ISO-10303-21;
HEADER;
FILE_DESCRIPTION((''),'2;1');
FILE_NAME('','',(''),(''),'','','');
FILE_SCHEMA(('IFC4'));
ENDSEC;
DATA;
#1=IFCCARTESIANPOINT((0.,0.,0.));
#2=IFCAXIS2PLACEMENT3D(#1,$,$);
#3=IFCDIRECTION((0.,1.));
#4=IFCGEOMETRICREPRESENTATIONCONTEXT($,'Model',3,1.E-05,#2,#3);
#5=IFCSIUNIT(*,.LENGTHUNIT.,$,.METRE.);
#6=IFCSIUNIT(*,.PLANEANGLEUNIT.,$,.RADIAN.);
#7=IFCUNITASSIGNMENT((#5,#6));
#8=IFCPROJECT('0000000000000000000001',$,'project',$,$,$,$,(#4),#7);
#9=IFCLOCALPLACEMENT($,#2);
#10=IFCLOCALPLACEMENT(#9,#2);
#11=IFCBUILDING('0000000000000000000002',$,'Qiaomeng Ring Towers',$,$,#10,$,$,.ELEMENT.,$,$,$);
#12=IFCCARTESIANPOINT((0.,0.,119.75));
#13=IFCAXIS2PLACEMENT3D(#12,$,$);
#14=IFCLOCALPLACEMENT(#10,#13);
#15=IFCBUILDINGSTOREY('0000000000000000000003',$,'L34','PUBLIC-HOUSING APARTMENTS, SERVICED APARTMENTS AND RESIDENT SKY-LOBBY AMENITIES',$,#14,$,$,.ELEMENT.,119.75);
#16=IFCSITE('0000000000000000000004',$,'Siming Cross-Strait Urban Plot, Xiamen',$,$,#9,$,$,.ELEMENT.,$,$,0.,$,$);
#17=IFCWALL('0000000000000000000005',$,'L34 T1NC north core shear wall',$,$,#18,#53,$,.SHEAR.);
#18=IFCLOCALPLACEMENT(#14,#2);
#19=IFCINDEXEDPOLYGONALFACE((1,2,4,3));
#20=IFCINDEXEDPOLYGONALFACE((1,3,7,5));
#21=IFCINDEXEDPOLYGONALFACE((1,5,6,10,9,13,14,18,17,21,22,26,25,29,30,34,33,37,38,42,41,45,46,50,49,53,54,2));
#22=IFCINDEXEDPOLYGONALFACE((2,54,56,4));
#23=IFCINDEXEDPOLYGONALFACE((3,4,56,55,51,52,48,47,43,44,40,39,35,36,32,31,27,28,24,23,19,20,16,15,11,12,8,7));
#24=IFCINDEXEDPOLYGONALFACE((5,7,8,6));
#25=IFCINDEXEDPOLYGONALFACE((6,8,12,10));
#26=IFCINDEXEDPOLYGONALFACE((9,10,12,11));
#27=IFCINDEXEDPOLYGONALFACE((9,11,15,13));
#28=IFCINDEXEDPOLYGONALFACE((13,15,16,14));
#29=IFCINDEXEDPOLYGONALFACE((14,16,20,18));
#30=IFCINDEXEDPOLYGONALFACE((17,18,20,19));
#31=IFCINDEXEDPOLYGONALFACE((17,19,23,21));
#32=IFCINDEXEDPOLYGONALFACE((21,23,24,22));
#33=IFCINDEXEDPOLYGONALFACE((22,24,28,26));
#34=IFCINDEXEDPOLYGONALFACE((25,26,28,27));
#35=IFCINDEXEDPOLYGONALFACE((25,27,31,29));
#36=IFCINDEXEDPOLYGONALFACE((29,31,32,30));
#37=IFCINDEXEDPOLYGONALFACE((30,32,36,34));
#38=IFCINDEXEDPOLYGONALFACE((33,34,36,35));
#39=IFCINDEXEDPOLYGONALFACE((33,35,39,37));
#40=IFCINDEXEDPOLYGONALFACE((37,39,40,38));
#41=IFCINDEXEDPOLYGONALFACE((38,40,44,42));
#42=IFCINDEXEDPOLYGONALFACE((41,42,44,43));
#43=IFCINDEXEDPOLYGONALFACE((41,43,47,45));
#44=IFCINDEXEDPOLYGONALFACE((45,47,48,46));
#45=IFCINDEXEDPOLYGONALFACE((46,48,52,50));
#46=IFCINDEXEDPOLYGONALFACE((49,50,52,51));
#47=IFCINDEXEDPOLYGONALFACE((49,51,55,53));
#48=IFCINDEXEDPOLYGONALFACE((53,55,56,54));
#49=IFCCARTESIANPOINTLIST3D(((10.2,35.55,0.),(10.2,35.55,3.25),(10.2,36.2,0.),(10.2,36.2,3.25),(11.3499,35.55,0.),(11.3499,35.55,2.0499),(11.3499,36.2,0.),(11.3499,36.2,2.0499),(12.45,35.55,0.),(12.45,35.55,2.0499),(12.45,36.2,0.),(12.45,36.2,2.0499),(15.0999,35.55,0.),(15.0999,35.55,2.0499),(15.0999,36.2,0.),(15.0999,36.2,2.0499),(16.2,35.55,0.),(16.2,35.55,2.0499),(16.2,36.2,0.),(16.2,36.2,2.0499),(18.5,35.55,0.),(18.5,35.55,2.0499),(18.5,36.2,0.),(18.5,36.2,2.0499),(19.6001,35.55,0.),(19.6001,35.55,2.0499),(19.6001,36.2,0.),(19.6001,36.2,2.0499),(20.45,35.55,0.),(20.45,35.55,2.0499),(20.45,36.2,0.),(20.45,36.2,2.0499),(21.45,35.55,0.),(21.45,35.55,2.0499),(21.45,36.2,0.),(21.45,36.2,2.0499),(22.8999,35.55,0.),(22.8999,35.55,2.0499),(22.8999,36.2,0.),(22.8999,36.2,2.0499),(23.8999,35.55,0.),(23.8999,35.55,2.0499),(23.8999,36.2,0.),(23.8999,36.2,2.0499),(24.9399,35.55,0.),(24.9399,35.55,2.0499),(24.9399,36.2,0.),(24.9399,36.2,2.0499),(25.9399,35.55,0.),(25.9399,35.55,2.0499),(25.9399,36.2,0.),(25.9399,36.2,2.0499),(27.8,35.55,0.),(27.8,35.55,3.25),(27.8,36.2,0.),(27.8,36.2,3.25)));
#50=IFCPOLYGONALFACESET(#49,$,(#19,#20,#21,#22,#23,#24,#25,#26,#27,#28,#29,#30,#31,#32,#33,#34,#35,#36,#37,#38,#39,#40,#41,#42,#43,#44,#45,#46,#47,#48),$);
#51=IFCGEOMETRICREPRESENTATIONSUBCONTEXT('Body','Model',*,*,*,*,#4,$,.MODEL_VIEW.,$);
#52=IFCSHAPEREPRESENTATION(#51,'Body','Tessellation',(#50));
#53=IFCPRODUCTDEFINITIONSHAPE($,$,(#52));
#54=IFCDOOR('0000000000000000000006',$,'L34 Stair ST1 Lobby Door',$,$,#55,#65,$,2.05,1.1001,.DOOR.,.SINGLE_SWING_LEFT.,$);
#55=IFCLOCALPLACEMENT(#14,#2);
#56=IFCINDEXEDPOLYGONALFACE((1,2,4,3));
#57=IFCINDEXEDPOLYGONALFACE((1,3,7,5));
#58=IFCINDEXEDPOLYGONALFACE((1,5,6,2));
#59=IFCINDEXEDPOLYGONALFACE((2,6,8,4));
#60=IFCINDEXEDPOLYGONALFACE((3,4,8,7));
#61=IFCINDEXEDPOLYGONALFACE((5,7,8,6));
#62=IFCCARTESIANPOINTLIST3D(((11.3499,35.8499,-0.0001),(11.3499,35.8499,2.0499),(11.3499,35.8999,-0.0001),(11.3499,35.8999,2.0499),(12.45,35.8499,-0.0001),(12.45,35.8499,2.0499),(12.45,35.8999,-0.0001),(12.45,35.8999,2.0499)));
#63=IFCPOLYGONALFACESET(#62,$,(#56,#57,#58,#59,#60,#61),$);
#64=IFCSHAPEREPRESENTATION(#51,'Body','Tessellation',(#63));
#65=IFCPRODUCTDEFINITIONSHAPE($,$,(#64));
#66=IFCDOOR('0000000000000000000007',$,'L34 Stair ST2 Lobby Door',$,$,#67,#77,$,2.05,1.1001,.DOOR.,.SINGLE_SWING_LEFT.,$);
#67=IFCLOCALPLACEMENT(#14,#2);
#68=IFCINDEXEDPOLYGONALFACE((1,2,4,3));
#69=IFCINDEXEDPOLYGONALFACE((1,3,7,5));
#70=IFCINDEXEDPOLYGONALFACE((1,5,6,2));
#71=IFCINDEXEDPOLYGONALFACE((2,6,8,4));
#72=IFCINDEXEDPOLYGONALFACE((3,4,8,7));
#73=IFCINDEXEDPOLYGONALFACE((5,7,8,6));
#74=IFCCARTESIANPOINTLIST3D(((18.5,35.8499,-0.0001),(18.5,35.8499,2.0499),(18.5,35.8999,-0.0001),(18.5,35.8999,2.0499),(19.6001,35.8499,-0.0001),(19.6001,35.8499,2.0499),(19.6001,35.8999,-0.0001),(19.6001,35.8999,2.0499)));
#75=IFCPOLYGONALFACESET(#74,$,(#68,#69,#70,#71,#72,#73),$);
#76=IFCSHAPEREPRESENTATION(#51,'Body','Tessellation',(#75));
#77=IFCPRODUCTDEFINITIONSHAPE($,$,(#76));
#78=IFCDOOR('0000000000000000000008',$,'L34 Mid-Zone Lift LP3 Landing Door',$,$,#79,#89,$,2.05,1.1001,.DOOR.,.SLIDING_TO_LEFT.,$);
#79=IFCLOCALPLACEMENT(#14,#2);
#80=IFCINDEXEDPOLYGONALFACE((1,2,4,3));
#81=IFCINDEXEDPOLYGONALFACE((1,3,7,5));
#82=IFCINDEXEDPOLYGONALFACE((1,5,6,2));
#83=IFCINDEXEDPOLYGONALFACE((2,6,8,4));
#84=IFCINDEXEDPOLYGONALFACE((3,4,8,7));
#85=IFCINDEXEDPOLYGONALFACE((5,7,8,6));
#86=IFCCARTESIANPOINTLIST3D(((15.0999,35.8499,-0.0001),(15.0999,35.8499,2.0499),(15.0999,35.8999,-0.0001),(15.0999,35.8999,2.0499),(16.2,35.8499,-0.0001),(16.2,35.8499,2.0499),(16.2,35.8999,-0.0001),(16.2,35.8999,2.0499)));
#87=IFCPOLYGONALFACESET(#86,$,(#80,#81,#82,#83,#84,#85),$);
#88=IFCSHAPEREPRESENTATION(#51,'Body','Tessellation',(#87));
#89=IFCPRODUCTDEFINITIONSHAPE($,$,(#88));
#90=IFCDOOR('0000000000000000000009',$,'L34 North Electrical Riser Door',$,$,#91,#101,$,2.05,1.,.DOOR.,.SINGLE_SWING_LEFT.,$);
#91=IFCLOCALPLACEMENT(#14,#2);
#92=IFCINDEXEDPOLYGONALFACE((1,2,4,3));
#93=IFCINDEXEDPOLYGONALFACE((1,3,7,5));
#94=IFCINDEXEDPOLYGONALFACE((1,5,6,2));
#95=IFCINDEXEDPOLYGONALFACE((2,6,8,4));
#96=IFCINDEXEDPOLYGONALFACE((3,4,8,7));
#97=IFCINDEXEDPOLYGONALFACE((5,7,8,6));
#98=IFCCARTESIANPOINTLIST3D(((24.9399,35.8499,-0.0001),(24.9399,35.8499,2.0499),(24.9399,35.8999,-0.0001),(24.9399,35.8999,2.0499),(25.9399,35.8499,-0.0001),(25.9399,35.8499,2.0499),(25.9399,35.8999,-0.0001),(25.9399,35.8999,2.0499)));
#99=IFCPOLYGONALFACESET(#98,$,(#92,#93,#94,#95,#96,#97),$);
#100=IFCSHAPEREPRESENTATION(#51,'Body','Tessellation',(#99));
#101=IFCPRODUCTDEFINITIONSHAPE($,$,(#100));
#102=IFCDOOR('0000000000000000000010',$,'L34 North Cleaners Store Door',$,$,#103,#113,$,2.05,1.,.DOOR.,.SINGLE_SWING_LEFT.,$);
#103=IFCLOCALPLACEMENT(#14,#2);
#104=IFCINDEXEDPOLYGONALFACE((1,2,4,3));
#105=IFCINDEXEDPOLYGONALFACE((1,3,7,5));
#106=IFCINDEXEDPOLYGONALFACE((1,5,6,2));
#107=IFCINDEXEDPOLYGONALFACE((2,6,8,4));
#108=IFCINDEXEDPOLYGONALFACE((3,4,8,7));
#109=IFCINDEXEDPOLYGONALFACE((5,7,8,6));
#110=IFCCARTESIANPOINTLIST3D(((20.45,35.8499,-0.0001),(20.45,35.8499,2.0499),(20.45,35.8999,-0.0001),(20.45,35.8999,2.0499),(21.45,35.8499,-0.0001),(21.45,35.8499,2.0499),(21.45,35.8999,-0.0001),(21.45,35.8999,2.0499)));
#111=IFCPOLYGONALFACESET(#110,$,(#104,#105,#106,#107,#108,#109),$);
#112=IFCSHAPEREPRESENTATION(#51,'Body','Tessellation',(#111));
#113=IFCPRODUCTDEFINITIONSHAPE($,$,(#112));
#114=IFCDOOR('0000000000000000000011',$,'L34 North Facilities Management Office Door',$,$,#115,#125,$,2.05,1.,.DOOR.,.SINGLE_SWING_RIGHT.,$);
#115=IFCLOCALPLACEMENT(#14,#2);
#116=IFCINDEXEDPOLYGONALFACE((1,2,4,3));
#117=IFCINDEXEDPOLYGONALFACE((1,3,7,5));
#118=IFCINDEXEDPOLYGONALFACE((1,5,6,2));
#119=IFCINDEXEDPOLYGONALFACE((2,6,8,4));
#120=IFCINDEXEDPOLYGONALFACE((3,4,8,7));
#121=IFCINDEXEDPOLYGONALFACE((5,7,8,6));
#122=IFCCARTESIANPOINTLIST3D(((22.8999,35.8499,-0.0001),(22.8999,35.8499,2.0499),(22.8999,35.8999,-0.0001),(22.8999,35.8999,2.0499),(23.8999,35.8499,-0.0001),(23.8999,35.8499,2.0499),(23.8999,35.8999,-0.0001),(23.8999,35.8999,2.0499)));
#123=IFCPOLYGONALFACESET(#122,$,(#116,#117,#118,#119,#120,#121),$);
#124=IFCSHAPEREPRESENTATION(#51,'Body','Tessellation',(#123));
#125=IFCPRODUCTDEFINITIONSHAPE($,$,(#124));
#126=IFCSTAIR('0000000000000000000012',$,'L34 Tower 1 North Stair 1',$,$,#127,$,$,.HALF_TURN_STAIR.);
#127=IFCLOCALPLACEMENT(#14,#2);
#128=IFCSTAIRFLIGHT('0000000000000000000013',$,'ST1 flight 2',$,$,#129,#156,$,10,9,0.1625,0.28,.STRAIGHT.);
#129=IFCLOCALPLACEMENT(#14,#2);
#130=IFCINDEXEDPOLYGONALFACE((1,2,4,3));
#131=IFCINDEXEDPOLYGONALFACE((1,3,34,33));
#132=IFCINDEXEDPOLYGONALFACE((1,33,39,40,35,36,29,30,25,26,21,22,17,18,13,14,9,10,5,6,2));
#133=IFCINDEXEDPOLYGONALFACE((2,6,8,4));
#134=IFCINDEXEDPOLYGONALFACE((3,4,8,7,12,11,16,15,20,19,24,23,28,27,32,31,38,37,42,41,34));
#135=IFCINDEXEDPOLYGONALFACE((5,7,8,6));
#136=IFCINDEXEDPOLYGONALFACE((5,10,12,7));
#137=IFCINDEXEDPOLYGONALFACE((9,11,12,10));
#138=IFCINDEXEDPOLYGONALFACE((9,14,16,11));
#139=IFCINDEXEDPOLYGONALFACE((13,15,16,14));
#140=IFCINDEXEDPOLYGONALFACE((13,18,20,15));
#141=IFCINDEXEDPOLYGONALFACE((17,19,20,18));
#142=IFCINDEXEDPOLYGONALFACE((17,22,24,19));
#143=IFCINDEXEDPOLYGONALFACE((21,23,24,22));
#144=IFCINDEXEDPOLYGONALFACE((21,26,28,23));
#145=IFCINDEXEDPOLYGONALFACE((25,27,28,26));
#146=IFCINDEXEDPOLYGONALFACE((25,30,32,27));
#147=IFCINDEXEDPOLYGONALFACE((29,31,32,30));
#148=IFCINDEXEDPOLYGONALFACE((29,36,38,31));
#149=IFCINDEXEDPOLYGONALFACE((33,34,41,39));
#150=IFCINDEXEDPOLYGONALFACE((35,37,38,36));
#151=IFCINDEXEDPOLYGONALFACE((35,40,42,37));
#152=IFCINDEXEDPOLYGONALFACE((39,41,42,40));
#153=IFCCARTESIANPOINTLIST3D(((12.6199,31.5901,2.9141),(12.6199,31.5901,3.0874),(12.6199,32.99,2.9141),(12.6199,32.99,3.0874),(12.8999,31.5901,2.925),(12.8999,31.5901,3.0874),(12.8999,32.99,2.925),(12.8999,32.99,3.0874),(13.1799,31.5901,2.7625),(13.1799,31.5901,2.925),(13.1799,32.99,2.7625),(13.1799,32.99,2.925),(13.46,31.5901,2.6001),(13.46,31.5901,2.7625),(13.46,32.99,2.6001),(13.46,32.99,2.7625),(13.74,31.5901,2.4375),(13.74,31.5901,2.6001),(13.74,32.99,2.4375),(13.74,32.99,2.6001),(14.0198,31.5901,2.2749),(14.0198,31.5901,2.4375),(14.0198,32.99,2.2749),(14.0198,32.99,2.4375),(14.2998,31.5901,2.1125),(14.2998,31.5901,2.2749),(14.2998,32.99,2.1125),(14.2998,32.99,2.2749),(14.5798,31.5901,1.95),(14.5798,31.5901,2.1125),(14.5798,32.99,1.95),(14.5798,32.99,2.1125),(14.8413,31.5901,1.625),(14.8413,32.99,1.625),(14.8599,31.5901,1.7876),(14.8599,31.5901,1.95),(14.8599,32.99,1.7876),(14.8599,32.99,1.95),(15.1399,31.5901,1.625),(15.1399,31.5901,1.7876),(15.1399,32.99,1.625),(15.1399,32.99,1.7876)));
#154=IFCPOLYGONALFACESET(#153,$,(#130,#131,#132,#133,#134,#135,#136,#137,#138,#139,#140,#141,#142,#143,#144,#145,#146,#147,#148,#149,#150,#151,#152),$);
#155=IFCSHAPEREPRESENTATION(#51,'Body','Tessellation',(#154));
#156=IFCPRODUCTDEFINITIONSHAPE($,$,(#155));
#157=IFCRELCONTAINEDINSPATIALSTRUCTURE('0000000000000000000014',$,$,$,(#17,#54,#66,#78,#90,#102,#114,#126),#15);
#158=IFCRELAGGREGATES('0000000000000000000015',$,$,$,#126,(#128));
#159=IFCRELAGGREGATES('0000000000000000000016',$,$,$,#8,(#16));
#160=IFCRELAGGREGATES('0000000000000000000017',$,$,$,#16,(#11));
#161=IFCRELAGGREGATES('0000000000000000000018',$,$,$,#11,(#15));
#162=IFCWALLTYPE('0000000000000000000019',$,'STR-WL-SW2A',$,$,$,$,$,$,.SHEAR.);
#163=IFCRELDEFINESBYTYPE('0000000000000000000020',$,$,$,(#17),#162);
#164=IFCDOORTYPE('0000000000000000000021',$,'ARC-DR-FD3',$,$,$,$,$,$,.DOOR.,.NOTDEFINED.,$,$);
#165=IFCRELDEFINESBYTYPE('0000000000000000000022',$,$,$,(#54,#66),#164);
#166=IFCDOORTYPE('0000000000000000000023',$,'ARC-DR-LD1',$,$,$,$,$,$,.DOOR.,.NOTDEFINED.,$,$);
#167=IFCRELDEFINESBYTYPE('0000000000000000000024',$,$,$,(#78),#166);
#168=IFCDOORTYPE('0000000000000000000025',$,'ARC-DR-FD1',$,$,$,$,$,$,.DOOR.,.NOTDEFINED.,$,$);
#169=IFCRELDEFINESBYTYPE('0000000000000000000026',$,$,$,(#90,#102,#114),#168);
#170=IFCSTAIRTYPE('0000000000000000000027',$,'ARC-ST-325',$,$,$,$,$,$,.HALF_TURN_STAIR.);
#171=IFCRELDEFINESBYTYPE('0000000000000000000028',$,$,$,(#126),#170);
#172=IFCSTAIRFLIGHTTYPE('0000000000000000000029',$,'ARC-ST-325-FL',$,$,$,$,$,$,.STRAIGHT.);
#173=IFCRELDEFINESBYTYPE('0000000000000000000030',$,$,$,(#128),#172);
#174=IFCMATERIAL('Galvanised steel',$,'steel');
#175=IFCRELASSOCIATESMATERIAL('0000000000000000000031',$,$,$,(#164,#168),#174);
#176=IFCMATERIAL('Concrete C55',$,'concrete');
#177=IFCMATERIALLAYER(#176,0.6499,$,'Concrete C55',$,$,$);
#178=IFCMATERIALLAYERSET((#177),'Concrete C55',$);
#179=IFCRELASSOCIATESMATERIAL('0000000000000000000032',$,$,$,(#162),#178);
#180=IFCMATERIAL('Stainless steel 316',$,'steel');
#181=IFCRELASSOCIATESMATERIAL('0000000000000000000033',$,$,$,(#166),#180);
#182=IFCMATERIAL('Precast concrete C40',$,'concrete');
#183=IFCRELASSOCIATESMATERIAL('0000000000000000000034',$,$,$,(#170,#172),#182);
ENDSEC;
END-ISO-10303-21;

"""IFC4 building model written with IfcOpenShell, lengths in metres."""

from ifc_helpers import new_model, si_unit, direction, frame, frame_2d, origin, place, context, subcontext, project, spatial, polyline, rectangle, outline, extrude, source, transform, mapped, material, layer, layer_set, type_object, element, fill, aggregate, save


model = new_model("IFC4")

# Units and contexts
model_context = context("Model", 3, precision=1e-05, world=origin(), true_north=direction((0.0, 1.0)))
body_context = subcontext(model_context, "Body", "Model", "MODEL_VIEW")
ifc_project = project(units=[si_unit("LENGTHUNIT", "METRE"), si_unit("PLANEANGLEUNIT", "RADIAN")], contexts=[model_context])

# Site, building, storey
site_placement = place(None, origin())
site = spatial("IfcSite", under=ifc_project, at=site_placement, Name="Siming Cross-Strait Urban Plot, Xiamen", CompositionType="ELEMENT", RefElevation=0.0)
building_placement = place(site_placement, origin())
building = spatial("IfcBuilding", under=site, at=building_placement, Name="Qiaomeng Ring Towers", CompositionType="ELEMENT")
storey_placement = place(building_placement, frame((0.0, 0.0, 119.75)))
storey = spatial("IfcBuildingStorey", under=building, at=storey_placement, Name="L34", Description="PUBLIC-HOUSING APARTMENTS, SERVICED APARTMENTS AND RESIDENT SKY-LOBBY AMENITIES", CompositionType="ELEMENT", Elevation=119.75)

# Shared definitions
ifc_material_1 = material(Name="Galvanised steel", Category="steel")
door_type_1 = type_object("IfcDoorType", Name="ARC-DR-FD3", OperationType="NOTDEFINED", PredefinedType="DOOR", material=ifc_material_1)
shared_shape_1 = source(origin(), body_context, "Body", "SweptSolid", [
    extrude(rectangle(XDim=1.1001, YDim=2.05, at=frame_2d((0.55, 1.0249))), frame((0.0, 0.0249, 0.0), z_axis=(0.0, -1.0, 0.0), x_axis=(1.0, 0.0, 0.0)), (0.0, 0.0, 1.0), 0.05),
])

# Wall, openings, doors
ifc_material_2 = material(Name="Concrete C55", Category="concrete")
ifc_layer_1 = layer(ifc_material_2, 0.6499, Name="Concrete C55")
ifc_layer_set_1 = layer_set([ifc_layer_1], Name="Concrete C55")
wall_type_1 = type_object("IfcWallType", Name="STR-WL-SW2A", PredefinedType="SHEAR", material=ifc_layer_set_1)
wall_1_placement = place(storey_placement, frame((10.2, 35.875, 0.0), z_axis=(0.0, 0.0, 1.0), x_axis=(1.0, 0.0, 0.0)))
wall_1 = element("IfcWall", 1, at=wall_1_placement, inside=storey, type_object=wall_type_1, Name="L34 T1NC north core shear wall", PredefinedType="SHEAR", context=body_context, shape_type="SweptSolid", body=[
    extrude(rectangle(XDim=17.6001, YDim=0.6499, at=frame_2d((8.8, 0.0))), origin(), (0.0, 0.0, 1.0), 3.25),
])
opening_1_placement = place(wall_1_placement, frame((1.1499, 0.0, 0.0)))
opening_1 = element("IfcOpeningElement", 2, at=opening_1_placement, cuts=wall_1, PredefinedType="OPENING", context=body_context, shape_type="SweptSolid", body=[
    extrude(rectangle(XDim=1.1001, YDim=2.05, at=frame_2d((0.55, 1.0249))), frame((0.0, 0.335, 0.0), z_axis=(0.0, -1.0, 0.0), x_axis=(1.0, 0.0, 0.0)), (0.0, 0.0, 1.0), 0.6699),
])
opening_2_placement = place(wall_1_placement, frame((8.3, 0.0, 0.0)))
opening_2 = element("IfcOpeningElement", 3, at=opening_2_placement, cuts=wall_1, PredefinedType="OPENING", context=body_context, shape_type="SweptSolid", body=[
    extrude(rectangle(XDim=1.1001, YDim=2.05, at=frame_2d((0.55, 1.0249))), frame((0.0, 0.335, 0.0), z_axis=(0.0, -1.0, 0.0), x_axis=(1.0, 0.0, 0.0)), (0.0, 0.0, 1.0), 0.6699),
])
opening_3_placement = place(wall_1_placement, frame((4.8999, 0.0, 0.0)))
opening_3 = element("IfcOpeningElement", 4, at=opening_3_placement, cuts=wall_1, PredefinedType="OPENING", context=body_context, shape_type="SweptSolid", body=[
    extrude(rectangle(XDim=1.1001, YDim=2.05, at=frame_2d((0.55, 1.0249))), frame((0.0, 0.335, 0.0), z_axis=(0.0, -1.0, 0.0), x_axis=(1.0, 0.0, 0.0)), (0.0, 0.0, 1.0), 0.6699),
])
opening_4_placement = place(wall_1_placement, frame((14.74, 0.0, 0.0)))
opening_4 = element("IfcOpeningElement", 5, at=opening_4_placement, cuts=wall_1, PredefinedType="OPENING", context=body_context, shape_type="SweptSolid", body=[
    extrude(rectangle(XDim=1.0, YDim=2.05, at=frame_2d((0.5, 1.0249))), frame((0.0, 0.335, 0.0), z_axis=(0.0, -1.0, 0.0), x_axis=(1.0, 0.0, 0.0)), (0.0, 0.0, 1.0), 0.6699),
])
opening_5_placement = place(wall_1_placement, frame((10.25, 0.0, 0.0)))
opening_5 = element("IfcOpeningElement", 6, at=opening_5_placement, cuts=wall_1, PredefinedType="OPENING", context=body_context, shape_type="SweptSolid", body=[
    extrude(rectangle(XDim=1.0, YDim=2.05, at=frame_2d((0.5, 1.0249))), frame((0.0, 0.335, 0.0), z_axis=(0.0, -1.0, 0.0), x_axis=(1.0, 0.0, 0.0)), (0.0, 0.0, 1.0), 0.6699),
])
opening_6_placement = place(wall_1_placement, frame((12.7, 0.0, 0.0)))
opening_6 = element("IfcOpeningElement", 7, at=opening_6_placement, cuts=wall_1, PredefinedType="OPENING", context=body_context, shape_type="SweptSolid", body=[
    extrude(rectangle(XDim=1.0, YDim=2.05, at=frame_2d((0.5, 1.0249))), frame((0.0, 0.335, 0.0), z_axis=(0.0, -1.0, 0.0), x_axis=(1.0, 0.0, 0.0)), (0.0, 0.0, 1.0), 0.6699),
])
door_1_placement = place(opening_1_placement, origin())
door_1 = element("IfcDoor", 8, at=door_1_placement, inside=storey, type_object=door_type_1, Name="L34 Stair ST1 Lobby Door", OperationType="SINGLE_SWING_LEFT", OverallHeight=2.05, OverallWidth=1.1001, PredefinedType="DOOR", context=body_context, shape_type="MappedRepresentation", body=[
    mapped(shared_shape_1, transform((0.0, 0.0, 0.0), x_axis=(1.0, 0.0, 0.0), y_axis=(0.0, 1.0, 0.0), z_axis=(0.0, 0.0, 1.0), scale=1.0)),
])
fill(opening_1, door_1)
door_2_placement = place(opening_2_placement, origin())
door_2 = element("IfcDoor", 9, at=door_2_placement, inside=storey, type_object=door_type_1, Name="L34 Stair ST2 Lobby Door", OperationType="SINGLE_SWING_LEFT", OverallHeight=2.05, OverallWidth=1.1001, PredefinedType="DOOR", context=body_context, shape_type="MappedRepresentation", body=[
    mapped(shared_shape_1, transform((0.0, 0.0, 0.0), x_axis=(1.0, 0.0, 0.0), y_axis=(0.0, 1.0, 0.0), z_axis=(0.0, 0.0, 1.0), scale=1.0)),
])
fill(opening_2, door_2)
ifc_material_3 = material(Name="Stainless steel 316", Category="steel")
door_type_2 = type_object("IfcDoorType", Name="ARC-DR-LD1", OperationType="NOTDEFINED", PredefinedType="DOOR", material=ifc_material_3)
door_3_placement = place(opening_3_placement, origin())
door_3 = element("IfcDoor", 10, at=door_3_placement, inside=storey, type_object=door_type_2, Name="L34 Mid-Zone Lift LP3 Landing Door", OperationType="SLIDING_TO_LEFT", OverallHeight=2.05, OverallWidth=1.1001, PredefinedType="DOOR", context=body_context, shape_type="MappedRepresentation", body=[
    mapped(shared_shape_1, transform((0.0, 0.0, 0.0), x_axis=(1.0, 0.0, 0.0), y_axis=(0.0, 1.0, 0.0), z_axis=(0.0, 0.0, 1.0), scale=1.0)),
])
fill(opening_3, door_3)
door_type_3 = type_object("IfcDoorType", Name="ARC-DR-FD1", OperationType="NOTDEFINED", PredefinedType="DOOR", material=ifc_material_1)
shared_shape_2 = source(origin(), body_context, "Body", "SweptSolid", [
    extrude(rectangle(XDim=1.0, YDim=2.05, at=frame_2d((0.5, 1.0249))), frame((0.0, 0.0249, 0.0), z_axis=(0.0, -1.0, 0.0), x_axis=(1.0, 0.0, 0.0)), (0.0, 0.0, 1.0), 0.05),
])
door_4_placement = place(opening_4_placement, origin())
door_4 = element("IfcDoor", 11, at=door_4_placement, inside=storey, type_object=door_type_3, Name="L34 North Electrical Riser Door", OperationType="SINGLE_SWING_LEFT", OverallHeight=2.05, OverallWidth=1.0, PredefinedType="DOOR", context=body_context, shape_type="MappedRepresentation", body=[
    mapped(shared_shape_2, transform((0.0, 0.0, 0.0), x_axis=(1.0, 0.0, 0.0), y_axis=(0.0, 1.0, 0.0), z_axis=(0.0, 0.0, 1.0), scale=1.0)),
])
fill(opening_4, door_4)
door_5_placement = place(opening_5_placement, origin())
door_5 = element("IfcDoor", 12, at=door_5_placement, inside=storey, type_object=door_type_3, Name="L34 North Cleaners Store Door", OperationType="SINGLE_SWING_LEFT", OverallHeight=2.05, OverallWidth=1.0, PredefinedType="DOOR", context=body_context, shape_type="MappedRepresentation", body=[
    mapped(shared_shape_2, transform((0.0, 0.0, 0.0), x_axis=(1.0, 0.0, 0.0), y_axis=(0.0, 1.0, 0.0), z_axis=(0.0, 0.0, 1.0), scale=1.0)),
])
fill(opening_5, door_5)
door_6_placement = place(opening_6_placement, origin())
door_6 = element("IfcDoor", 13, at=door_6_placement, inside=storey, type_object=door_type_3, Name="L34 North Facilities Management Office Door", OperationType="SINGLE_SWING_RIGHT", OverallHeight=2.05, OverallWidth=1.0, PredefinedType="DOOR", context=body_context, shape_type="MappedRepresentation", body=[
    mapped(shared_shape_2, transform((0.0, 0.0, 0.0), x_axis=(1.0, 0.0, 0.0), y_axis=(0.0, 1.0, 0.0), z_axis=(0.0, 0.0, 1.0), scale=1.0)),
])
fill(opening_6, door_6)

# Stair, stair flight
ifc_material_4 = material(Name="Precast concrete C40", Category="concrete")
stair_type = type_object("IfcStairType", Name="ARC-ST-325", PredefinedType="HALF_TURN_STAIR", material=ifc_material_4)
stair_placement = place(storey_placement, origin())
stair = element("IfcStair", 14, at=stair_placement, inside=storey, type_object=stair_type, Name="L34 Tower 1 North Stair 1", PredefinedType="HALF_TURN_STAIR")
stair_flight_type = type_object("IfcStairFlightType", Name="ARC-ST-325-FL", PredefinedType="STRAIGHT", material=ifc_material_4)
shared_shape_3 = source(origin(), body_context, "Body", "SweptSolid", [
    extrude(outline(polyline([(0.0, 0.0), (0.0, 0.1626), (0.28, 0.1626), (0.28, 0.325), (0.5601, 0.325), (0.5601, 0.4875), (0.8401, 0.4875), (0.8401, 0.6499), (1.1201, 0.6499), (1.1201, 0.8125), (1.3999, 0.8125), (1.3999, 0.9751), (1.6799, 0.9751), (1.6799, 1.1375), (1.96, 1.1375), (1.96, 1.3), (2.24, 1.3), (2.24, 1.4624), (2.52, 1.4624), (2.52, 1.625), (2.52, 1.2891), (0.2986, 0.0), (0.0, 0.0)])), frame((0.0, 0.7, 0.0), z_axis=(0.0, -1.0, 0.0), x_axis=(1.0, 0.0, 0.0)), (0.0, 0.0, 1.0), 1.3999),
])
stair_flight_placement = place(storey_placement, frame((15.1399, 32.29, 1.625), z_axis=(0.0, 0.0, 1.0), x_axis=(-1.0, 0.0, 0.0)))
stair_flight = element("IfcStairFlight", 15, at=stair_flight_placement, type_object=stair_flight_type, Name="ST1 flight 2", NumberOfRisers=10, NumberOfTreads=9, PredefinedType="STRAIGHT", RiserHeight=0.1625, TreadLength=0.28, context=body_context, shape_type="MappedRepresentation", body=[
    mapped(shared_shape_3, transform((0.0, 0.0, 0.0), x_axis=(1.0, 0.0, 0.0), y_axis=(0.0, 1.0, 0.0), z_axis=(0.0, 0.0, 1.0), scale=1.0)),
])
aggregate(stair, [stair_flight])

save(model, "model.ifc")
